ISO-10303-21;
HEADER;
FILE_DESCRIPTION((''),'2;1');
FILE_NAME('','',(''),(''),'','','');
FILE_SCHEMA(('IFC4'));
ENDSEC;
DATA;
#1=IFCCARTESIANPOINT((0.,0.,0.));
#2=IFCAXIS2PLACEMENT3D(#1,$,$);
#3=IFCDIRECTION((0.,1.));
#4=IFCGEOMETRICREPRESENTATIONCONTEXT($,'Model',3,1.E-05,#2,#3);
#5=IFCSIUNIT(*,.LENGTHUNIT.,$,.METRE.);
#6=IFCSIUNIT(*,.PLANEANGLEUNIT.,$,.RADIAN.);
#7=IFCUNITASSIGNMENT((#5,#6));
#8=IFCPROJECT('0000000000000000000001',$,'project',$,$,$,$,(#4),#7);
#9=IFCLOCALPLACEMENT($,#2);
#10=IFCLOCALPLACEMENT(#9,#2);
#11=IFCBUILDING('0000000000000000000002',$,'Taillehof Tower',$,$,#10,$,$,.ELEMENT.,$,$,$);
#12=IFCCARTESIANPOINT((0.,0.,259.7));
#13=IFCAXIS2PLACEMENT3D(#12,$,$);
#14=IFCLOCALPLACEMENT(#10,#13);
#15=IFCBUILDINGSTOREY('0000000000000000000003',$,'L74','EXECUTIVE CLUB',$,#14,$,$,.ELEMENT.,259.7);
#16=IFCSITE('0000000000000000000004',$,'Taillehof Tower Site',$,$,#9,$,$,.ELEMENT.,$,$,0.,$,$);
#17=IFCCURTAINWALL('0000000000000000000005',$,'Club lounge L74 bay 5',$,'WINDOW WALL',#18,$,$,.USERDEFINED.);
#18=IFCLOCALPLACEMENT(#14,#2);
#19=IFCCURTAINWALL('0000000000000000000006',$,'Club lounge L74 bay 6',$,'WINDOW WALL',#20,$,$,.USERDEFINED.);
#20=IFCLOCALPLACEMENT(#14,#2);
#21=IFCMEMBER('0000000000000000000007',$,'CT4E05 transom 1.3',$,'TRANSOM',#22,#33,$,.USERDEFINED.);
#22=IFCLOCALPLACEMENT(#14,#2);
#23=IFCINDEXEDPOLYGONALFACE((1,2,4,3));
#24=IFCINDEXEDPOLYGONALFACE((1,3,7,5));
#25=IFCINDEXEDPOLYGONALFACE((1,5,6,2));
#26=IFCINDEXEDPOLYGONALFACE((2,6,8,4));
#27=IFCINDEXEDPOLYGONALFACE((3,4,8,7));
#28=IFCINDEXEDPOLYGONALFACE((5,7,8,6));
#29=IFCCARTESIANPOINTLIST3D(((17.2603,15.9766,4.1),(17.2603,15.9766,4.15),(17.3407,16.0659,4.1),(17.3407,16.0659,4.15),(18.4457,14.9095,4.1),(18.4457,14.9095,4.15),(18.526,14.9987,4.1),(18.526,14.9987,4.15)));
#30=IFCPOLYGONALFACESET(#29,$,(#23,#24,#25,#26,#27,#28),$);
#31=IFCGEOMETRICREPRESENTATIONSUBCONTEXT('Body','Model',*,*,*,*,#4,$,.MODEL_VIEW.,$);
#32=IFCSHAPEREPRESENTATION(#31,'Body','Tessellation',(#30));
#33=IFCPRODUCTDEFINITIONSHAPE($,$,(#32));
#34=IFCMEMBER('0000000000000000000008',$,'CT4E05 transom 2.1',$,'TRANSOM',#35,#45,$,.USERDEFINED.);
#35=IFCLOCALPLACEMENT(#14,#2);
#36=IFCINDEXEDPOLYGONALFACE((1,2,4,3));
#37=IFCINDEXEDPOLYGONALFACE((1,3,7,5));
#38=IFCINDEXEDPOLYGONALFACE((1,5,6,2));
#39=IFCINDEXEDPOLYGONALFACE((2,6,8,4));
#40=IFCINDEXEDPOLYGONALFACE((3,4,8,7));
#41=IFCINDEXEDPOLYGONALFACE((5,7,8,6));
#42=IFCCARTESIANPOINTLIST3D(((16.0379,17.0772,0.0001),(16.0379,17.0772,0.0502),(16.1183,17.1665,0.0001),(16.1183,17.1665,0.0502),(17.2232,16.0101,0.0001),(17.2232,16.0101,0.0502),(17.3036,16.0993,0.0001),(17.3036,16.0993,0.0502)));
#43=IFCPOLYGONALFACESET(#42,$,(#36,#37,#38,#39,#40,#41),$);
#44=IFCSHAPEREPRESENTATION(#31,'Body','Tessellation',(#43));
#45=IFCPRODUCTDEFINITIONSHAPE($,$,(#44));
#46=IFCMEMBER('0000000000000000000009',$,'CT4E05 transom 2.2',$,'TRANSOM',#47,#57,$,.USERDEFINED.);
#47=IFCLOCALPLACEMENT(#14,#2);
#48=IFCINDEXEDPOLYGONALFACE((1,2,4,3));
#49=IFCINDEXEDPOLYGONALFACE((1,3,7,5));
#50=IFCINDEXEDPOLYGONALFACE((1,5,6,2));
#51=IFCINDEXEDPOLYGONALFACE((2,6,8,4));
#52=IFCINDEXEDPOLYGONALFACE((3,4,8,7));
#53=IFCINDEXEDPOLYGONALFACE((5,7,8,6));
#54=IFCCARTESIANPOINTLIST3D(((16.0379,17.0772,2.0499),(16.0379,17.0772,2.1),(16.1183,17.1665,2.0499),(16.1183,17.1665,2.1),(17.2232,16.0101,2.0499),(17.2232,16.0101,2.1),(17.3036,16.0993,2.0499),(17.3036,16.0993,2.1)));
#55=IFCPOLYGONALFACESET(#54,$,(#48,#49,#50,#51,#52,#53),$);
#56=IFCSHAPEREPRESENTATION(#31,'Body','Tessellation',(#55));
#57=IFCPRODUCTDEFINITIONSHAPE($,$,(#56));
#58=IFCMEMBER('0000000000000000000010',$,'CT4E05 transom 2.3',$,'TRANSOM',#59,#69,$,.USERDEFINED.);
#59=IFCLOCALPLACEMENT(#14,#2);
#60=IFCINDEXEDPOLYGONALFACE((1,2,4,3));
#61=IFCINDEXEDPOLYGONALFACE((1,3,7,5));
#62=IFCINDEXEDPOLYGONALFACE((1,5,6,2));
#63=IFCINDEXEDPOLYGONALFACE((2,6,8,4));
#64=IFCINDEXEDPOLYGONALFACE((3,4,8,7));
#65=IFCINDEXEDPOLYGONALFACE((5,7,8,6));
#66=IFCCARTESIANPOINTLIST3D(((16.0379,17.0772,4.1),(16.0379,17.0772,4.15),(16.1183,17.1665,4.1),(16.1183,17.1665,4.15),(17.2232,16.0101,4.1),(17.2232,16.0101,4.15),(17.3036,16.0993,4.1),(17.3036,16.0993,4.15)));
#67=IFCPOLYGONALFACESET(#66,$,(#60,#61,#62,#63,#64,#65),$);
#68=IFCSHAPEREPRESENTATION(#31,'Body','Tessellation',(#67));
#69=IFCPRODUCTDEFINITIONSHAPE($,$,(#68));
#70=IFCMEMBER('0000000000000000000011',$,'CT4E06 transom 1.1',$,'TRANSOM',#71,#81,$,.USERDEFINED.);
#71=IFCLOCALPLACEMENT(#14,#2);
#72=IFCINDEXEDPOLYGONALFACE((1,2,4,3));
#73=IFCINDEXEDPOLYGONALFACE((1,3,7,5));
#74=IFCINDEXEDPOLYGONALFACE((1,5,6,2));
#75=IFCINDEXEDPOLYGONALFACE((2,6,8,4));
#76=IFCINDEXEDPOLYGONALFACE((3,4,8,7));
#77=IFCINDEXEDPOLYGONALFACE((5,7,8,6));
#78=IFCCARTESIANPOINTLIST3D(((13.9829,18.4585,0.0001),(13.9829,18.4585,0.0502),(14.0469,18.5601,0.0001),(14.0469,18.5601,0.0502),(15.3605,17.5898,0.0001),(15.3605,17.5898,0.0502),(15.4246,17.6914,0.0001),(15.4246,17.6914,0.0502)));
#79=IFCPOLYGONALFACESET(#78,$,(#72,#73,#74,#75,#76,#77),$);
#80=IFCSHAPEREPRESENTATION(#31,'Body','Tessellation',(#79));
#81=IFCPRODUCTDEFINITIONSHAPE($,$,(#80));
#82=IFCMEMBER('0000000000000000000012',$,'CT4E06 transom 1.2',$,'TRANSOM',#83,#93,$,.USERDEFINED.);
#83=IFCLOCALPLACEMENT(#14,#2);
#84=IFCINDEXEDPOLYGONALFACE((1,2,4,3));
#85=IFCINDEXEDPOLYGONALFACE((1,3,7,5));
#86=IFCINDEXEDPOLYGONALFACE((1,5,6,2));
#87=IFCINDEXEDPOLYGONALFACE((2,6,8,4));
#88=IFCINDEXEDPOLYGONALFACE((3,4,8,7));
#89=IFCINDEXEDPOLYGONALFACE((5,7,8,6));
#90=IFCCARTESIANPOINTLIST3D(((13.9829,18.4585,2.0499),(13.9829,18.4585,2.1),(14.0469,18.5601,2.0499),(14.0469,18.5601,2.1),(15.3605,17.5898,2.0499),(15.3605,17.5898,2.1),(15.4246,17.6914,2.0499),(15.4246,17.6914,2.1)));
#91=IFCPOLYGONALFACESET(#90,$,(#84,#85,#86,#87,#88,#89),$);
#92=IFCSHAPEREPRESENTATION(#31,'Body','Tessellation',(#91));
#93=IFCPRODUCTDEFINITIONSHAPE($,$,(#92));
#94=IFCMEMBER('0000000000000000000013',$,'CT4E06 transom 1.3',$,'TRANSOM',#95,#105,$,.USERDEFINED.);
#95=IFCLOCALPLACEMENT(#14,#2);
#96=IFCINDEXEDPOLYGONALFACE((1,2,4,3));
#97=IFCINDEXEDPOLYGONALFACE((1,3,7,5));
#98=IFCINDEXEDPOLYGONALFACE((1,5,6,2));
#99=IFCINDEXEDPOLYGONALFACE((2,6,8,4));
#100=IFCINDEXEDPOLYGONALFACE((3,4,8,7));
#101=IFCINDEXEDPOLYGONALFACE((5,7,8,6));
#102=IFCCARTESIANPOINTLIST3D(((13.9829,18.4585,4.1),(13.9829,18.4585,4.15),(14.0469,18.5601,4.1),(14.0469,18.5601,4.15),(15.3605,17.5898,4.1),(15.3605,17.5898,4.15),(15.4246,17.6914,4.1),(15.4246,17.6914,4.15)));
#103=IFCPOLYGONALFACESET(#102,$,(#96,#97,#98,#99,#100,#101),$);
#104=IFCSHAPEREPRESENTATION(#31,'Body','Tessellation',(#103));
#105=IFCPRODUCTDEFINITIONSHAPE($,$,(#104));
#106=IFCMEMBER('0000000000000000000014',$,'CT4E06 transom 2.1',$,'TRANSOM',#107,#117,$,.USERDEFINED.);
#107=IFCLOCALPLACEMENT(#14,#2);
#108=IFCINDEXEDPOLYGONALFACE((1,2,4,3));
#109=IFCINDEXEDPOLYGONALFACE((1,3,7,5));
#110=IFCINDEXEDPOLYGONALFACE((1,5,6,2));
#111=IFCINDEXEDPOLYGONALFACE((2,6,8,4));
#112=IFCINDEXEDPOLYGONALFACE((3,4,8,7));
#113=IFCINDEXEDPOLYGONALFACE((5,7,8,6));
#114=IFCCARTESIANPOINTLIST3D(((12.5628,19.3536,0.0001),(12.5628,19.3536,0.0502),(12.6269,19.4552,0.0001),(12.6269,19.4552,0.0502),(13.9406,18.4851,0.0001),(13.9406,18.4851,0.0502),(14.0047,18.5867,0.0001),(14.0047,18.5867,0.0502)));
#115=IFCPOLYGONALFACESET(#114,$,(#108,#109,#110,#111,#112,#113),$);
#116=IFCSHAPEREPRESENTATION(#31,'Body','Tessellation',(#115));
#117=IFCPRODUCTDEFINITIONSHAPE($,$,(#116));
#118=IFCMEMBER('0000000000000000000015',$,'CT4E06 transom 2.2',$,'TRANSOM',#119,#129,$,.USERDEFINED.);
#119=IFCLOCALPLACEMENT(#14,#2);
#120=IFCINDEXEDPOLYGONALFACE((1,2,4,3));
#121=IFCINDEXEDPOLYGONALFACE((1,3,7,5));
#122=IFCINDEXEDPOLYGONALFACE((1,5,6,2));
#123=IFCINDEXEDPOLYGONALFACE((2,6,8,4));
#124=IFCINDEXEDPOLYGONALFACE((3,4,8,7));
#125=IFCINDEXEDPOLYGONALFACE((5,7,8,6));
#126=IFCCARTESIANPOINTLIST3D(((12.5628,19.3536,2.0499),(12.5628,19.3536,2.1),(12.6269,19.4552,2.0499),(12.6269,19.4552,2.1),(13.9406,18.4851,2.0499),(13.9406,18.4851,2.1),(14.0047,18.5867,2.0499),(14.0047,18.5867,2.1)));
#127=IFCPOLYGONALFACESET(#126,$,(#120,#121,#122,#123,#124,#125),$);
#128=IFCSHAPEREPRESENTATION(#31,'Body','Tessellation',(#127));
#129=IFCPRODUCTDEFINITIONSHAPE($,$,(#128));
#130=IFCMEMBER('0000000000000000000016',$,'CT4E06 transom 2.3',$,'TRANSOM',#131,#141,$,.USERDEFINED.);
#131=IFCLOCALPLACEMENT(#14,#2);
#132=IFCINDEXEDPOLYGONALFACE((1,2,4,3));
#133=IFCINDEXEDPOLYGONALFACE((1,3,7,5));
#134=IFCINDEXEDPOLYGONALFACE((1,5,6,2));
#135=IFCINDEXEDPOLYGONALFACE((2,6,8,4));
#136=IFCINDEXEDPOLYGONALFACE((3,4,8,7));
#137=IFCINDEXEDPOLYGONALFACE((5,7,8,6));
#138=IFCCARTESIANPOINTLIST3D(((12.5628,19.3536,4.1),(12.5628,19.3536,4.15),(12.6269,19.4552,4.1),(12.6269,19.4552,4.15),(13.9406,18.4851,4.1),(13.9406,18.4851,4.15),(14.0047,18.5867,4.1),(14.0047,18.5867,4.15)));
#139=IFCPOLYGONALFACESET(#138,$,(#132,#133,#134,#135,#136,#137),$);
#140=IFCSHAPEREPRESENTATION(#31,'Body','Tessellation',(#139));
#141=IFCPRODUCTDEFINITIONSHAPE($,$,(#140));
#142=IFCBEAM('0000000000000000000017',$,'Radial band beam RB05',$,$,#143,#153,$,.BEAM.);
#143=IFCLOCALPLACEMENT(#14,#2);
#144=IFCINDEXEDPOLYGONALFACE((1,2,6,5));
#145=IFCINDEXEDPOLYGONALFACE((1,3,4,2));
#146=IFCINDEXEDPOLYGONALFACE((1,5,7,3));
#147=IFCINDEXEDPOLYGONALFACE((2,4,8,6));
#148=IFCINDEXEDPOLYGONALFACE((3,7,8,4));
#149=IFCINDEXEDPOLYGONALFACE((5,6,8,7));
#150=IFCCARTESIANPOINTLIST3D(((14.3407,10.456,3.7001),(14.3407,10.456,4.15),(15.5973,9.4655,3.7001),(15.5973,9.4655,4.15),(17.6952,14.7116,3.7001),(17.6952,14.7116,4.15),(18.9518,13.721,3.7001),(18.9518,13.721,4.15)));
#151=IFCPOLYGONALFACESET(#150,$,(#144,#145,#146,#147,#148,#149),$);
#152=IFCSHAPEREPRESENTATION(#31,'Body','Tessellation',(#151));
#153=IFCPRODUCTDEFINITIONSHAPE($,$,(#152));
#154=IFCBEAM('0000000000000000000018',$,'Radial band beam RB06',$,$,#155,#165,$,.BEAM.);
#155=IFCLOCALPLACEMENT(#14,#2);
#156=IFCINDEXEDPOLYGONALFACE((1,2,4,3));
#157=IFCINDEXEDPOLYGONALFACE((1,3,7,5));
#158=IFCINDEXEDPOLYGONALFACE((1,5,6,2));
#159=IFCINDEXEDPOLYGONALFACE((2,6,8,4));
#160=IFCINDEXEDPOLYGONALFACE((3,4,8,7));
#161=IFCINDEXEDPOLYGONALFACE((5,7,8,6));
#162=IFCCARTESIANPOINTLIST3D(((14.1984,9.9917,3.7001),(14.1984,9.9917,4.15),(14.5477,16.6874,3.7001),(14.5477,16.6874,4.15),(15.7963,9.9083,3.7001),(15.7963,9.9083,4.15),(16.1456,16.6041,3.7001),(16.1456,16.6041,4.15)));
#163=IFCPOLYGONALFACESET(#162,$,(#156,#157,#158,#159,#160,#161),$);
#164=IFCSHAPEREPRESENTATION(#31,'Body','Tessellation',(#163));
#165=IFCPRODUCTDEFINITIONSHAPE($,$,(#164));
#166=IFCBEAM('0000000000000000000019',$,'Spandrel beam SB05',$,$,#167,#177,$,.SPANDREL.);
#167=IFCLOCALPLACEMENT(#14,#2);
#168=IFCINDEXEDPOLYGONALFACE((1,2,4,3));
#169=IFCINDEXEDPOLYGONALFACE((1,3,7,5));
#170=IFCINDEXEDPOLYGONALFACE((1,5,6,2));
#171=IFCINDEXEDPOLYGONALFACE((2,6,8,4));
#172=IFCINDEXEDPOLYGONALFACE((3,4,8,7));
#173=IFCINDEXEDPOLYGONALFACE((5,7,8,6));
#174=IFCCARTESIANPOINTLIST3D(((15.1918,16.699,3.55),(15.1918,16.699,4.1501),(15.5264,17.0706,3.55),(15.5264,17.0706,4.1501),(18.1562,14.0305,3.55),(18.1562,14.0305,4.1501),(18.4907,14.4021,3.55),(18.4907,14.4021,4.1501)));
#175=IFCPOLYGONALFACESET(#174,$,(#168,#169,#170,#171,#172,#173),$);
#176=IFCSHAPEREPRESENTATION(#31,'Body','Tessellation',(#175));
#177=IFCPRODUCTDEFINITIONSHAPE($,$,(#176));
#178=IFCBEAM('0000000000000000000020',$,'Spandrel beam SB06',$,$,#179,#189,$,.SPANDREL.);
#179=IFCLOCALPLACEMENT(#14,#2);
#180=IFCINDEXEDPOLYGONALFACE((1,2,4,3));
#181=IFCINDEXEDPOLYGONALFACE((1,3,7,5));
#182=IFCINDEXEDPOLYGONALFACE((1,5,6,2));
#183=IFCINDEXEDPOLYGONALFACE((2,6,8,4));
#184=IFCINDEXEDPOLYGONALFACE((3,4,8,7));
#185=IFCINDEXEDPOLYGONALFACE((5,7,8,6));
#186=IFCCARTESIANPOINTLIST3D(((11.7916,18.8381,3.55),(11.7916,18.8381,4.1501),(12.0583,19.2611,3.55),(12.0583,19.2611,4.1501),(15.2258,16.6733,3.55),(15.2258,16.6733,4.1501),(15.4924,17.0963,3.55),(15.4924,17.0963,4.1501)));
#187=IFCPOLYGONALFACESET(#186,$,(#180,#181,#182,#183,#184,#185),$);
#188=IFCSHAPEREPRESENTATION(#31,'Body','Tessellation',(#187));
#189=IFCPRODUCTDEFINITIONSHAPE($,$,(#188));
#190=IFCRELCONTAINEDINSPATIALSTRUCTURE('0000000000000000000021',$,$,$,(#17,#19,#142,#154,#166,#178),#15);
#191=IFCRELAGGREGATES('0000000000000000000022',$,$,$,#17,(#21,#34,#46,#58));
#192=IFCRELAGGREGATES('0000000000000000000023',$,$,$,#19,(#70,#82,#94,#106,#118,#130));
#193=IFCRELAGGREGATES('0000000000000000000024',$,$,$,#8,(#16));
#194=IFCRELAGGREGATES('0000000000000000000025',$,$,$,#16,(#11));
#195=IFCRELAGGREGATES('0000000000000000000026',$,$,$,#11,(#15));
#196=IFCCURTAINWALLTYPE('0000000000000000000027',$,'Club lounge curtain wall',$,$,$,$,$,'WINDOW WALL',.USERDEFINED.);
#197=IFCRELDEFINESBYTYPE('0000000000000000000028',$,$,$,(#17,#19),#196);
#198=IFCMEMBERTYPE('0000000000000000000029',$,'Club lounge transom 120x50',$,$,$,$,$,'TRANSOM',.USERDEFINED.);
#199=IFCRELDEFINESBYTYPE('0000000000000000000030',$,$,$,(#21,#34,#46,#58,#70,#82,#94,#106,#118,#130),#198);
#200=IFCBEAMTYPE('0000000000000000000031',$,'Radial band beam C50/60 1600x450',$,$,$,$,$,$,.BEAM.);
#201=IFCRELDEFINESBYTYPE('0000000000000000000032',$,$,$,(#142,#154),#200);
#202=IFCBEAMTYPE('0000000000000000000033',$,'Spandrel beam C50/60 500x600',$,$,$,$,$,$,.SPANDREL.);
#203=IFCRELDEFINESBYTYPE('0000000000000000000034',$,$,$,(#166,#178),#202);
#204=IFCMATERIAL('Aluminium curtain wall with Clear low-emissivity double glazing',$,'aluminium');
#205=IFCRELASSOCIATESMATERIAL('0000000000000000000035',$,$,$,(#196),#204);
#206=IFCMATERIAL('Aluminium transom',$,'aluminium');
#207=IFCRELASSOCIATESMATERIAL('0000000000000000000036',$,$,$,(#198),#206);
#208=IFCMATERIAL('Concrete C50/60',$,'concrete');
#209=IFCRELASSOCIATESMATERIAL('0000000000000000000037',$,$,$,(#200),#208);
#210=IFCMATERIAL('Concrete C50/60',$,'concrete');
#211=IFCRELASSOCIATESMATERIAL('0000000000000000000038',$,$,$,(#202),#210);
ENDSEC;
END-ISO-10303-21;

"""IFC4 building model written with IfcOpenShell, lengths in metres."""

from ifc_helpers import new_model, si_unit, direction, frame, origin, origin_2d, place, context, subcontext, project, spatial, rectangle, extrude, material, material_profile, profile_set, type_object, element, aggregate, save


model = new_model("IFC4")

# Units and contexts
model_context = context("Model", 3, precision=1e-05, world=origin(), true_north=direction((0.0, 1.0)))
body_context = subcontext(model_context, "Body", "Model", "MODEL_VIEW")
ifc_project = project(units=[si_unit("LENGTHUNIT", "METRE"), si_unit("PLANEANGLEUNIT", "RADIAN")], contexts=[model_context])

# Site, building, storey
site_placement = place(None, origin())
site = spatial("IfcSite", under=ifc_project, at=site_placement, Name="Taillehof Tower Site", CompositionType="ELEMENT", RefElevation=0.0)
building_placement = place(site_placement, origin())
building = spatial("IfcBuilding", under=site, at=building_placement, Name="Taillehof Tower", CompositionType="ELEMENT")
storey_placement = place(building_placement, frame((0.0, 0.0, 259.7)))
storey = spatial("IfcBuildingStorey", under=building, at=storey_placement, Name="L74", Description="EXECUTIVE CLUB", CompositionType="ELEMENT", Elevation=259.7)

# Shared definitions
ifc_material_1 = material(Name="Aluminium curtain wall with Clear low-emissivity double glazing", Category="aluminium")
curtain_wall_type = type_object("IfcCurtainWallType", Name="Club lounge curtain wall", ElementType="WINDOW WALL", PredefinedType="USERDEFINED", material=ifc_material_1)

# Curtain walls
curtain_wall_1_placement = place(storey_placement, origin())
curtain_wall_1 = element("IfcCurtainWall", 1, at=curtain_wall_1_placement, inside=storey, type_object=curtain_wall_type, Name="Club lounge L74 bay 5", ObjectType="WINDOW WALL", PredefinedType="USERDEFINED")
curtain_wall_2_placement = place(storey_placement, origin())
curtain_wall_2 = element("IfcCurtainWall", 2, at=curtain_wall_2_placement, inside=storey, type_object=curtain_wall_type, Name="Club lounge L74 bay 6", ObjectType="WINDOW WALL", PredefinedType="USERDEFINED")

# Members
ifc_material_2 = material(Name="Aluminium transom", Category="aluminium")
ifc_material_profile_1 = material_profile(ifc_material_2, rectangle(XDim=0.1201, YDim=0.05, at=origin_2d()), Name="AL 120x50")
ifc_profile_set_1 = profile_set([ifc_material_profile_1], Name="Aluminium transom")
member_type_1 = type_object("IfcMemberType", Name="Club lounge transom 120x50", ElementType="TRANSOM", PredefinedType="USERDEFINED", material=ifc_profile_set_1)
member_1_placement = place(storey_placement, frame((18.4858, 14.9541, 4.125), z_axis=(-0.74318, 0.669092, 0.0), x_axis=(-0.669092, -0.74318, 0.0)))
member_1 = element("IfcMember", 3, at=member_1_placement, type_object=member_type_1, Name="CT4E05 transom 1.3", ObjectType="TRANSOM", PredefinedType="USERDEFINED", context=body_context, shape_type="SweptSolid", body=[
    extrude(rectangle(XDim=0.1201, YDim=0.05, at=origin_2d()), origin(), (0.0, 0.0, 1.0), 1.595),
])
member_2_placement = place(storey_placement, frame((17.2634, 16.0547, 0.0251), z_axis=(-0.74318, 0.669092, 0.0), x_axis=(-0.669092, -0.74318, 0.0)))
member_2 = element("IfcMember", 4, at=member_2_placement, type_object=member_type_1, Name="CT4E05 transom 2.1", ObjectType="TRANSOM", PredefinedType="USERDEFINED", context=body_context, shape_type="SweptSolid", body=[
    extrude(rectangle(XDim=0.1201, YDim=0.05, at=origin_2d()), origin(), (0.0, 0.0, 1.0), 1.595),
])
member_3_placement = place(storey_placement, frame((17.2634, 16.0547, 2.075), z_axis=(-0.74318, 0.669092, 0.0), x_axis=(-0.669092, -0.74318, 0.0)))
member_3 = element("IfcMember", 5, at=member_3_placement, type_object=member_type_1, Name="CT4E05 transom 2.2", ObjectType="TRANSOM", PredefinedType="USERDEFINED", context=body_context, shape_type="SweptSolid", body=[
    extrude(rectangle(XDim=0.1201, YDim=0.05, at=origin_2d()), origin(), (0.0, 0.0, 1.0), 1.595),
])
member_4_placement = place(storey_placement, frame((17.2634, 16.0547, 4.125), z_axis=(-0.74318, 0.669092, 0.0), x_axis=(-0.669092, -0.74318, 0.0)))
member_4 = element("IfcMember", 6, at=member_4_placement, type_object=member_type_1, Name="CT4E05 transom 2.3", ObjectType="TRANSOM", PredefinedType="USERDEFINED", context=body_context, shape_type="SweptSolid", body=[
    extrude(rectangle(XDim=0.1201, YDim=0.05, at=origin_2d()), origin(), (0.0, 0.0, 1.0), 1.595),
])
member_5_placement = place(storey_placement, frame((15.3926, 17.6406, 0.0251), z_axis=(-0.845895, 0.53335, 0.0), x_axis=(-0.53335, -0.845895, 0.0)))
member_5 = element("IfcMember", 7, at=member_5_placement, type_object=member_type_1, Name="CT4E06 transom 1.1", ObjectType="TRANSOM", PredefinedType="USERDEFINED", context=body_context, shape_type="SweptSolid", body=[
    extrude(rectangle(XDim=0.1201, YDim=0.05, at=origin_2d()), origin(), (0.0, 0.0, 1.0), 1.6287),
])
member_6_placement = place(storey_placement, frame((15.3926, 17.6406, 2.075), z_axis=(-0.845895, 0.53335, 0.0), x_axis=(-0.53335, -0.845895, 0.0)))
member_6 = element("IfcMember", 8, at=member_6_placement, type_object=member_type_1, Name="CT4E06 transom 1.2", ObjectType="TRANSOM", PredefinedType="USERDEFINED", context=body_context, shape_type="SweptSolid", body=[
    extrude(rectangle(XDim=0.1201, YDim=0.05, at=origin_2d()), origin(), (0.0, 0.0, 1.0), 1.6287),
])
member_7_placement = place(storey_placement, frame((15.3926, 17.6406, 4.125), z_axis=(-0.845895, 0.53335, 0.0), x_axis=(-0.53335, -0.845895, 0.0)))
member_7 = element("IfcMember", 9, at=member_7_placement, type_object=member_type_1, Name="CT4E06 transom 1.3", ObjectType="TRANSOM", PredefinedType="USERDEFINED", context=body_context, shape_type="SweptSolid", body=[
    extrude(rectangle(XDim=0.1201, YDim=0.05, at=origin_2d()), origin(), (0.0, 0.0, 1.0), 1.6287),
])
member_8_placement = place(storey_placement, frame((13.9727, 18.5359, 0.0251), z_axis=(-0.845962, 0.533243, 0.0), x_axis=(-0.533243, -0.845962, 0.0)))
member_8 = element("IfcMember", 10, at=member_8_placement, type_object=member_type_1, Name="CT4E06 transom 2.1", ObjectType="TRANSOM", PredefinedType="USERDEFINED", context=body_context, shape_type="SweptSolid", body=[
    extrude(rectangle(XDim=0.1201, YDim=0.05, at=origin_2d()), origin(), (0.0, 0.0, 1.0), 1.6287),
])
member_9_placement = place(storey_placement, frame((13.9727, 18.5359, 2.075), z_axis=(-0.845962, 0.533243, 0.0), x_axis=(-0.533243, -0.845962, 0.0)))
member_9 = element("IfcMember", 11, at=member_9_placement, type_object=member_type_1, Name="CT4E06 transom 2.2", ObjectType="TRANSOM", PredefinedType="USERDEFINED", context=body_context, shape_type="SweptSolid", body=[
    extrude(rectangle(XDim=0.1201, YDim=0.05, at=origin_2d()), origin(), (0.0, 0.0, 1.0), 1.6287),
])
member_10_placement = place(storey_placement, frame((13.9727, 18.5359, 4.125), z_axis=(-0.845962, 0.533243, 0.0), x_axis=(-0.533243, -0.845962, 0.0)))
member_10 = element("IfcMember", 12, at=member_10_placement, type_object=member_type_1, Name="CT4E06 transom 2.3", ObjectType="TRANSOM", PredefinedType="USERDEFINED", context=body_context, shape_type="SweptSolid", body=[
    extrude(rectangle(XDim=0.1201, YDim=0.05, at=origin_2d()), origin(), (0.0, 0.0, 1.0), 1.6287),
])

# Beams
ifc_material_3 = material(Name="Concrete C50/60", Category="concrete")
ifc_material_profile_2 = material_profile(ifc_material_3, rectangle(XDim=1.6001, YDim=0.45, at=origin_2d()), Name="RC 1600x450")
ifc_profile_set_2 = profile_set([ifc_material_profile_2], Name="Concrete C50/60")
beam_type_1 = type_object("IfcBeamType", Name="Radial band beam C50/60 1600x450", PredefinedType="BEAM", material=ifc_profile_set_2)
beam_1_placement = place(storey_placement, frame((18.3235, 14.2163, 3.925), z_axis=(-0.619052, -0.78535, 0.0), x_axis=(0.78535, -0.619052, 0.0)))
element("IfcBeam", 13, at=beam_1_placement, inside=storey, type_object=beam_type_1, Name="Radial band beam RB05", PredefinedType="BEAM", context=body_context, shape_type="SweptSolid", body=[
    extrude(rectangle(XDim=1.6001, YDim=0.45, at=origin_2d()), origin(), (0.0, 0.0, 1.0), 5.4187),
])
beam_2_placement = place(storey_placement, frame((15.3467, 16.6458, 3.925), z_axis=(-0.052106, -0.998642, 0.0), x_axis=(0.998642, -0.052106, 0.0)))
element("IfcBeam", 14, at=beam_2_placement, inside=storey, type_object=beam_type_1, Name="Radial band beam RB06", PredefinedType="BEAM", context=body_context, shape_type="SweptSolid", body=[
    extrude(rectangle(XDim=1.6001, YDim=0.45, at=origin_2d()), origin(), (0.0, 0.0, 1.0), 6.7048),
])
ifc_material_4 = material(Name="Concrete C50/60", Category="concrete")
ifc_material_profile_3 = material_profile(ifc_material_4, rectangle(XDim=0.5, YDim=0.6001, at=origin_2d()), Name="RC 500x600")
ifc_profile_set_3 = profile_set([ifc_material_profile_3], Name="Concrete C50/60")
beam_type_2 = type_object("IfcBeamType", Name="Spandrel beam C50/60 500x600", PredefinedType="SPANDREL", material=ifc_profile_set_3)
beam_3_placement = place(storey_placement, frame((18.3235, 14.2163, 3.8501), z_axis=(-0.743227, 0.669039, 0.0), x_axis=(-0.669039, -0.743227, 0.0)))
element("IfcBeam", 15, at=beam_3_placement, inside=storey, type_object=beam_type_2, Name="Spandrel beam SB05", PredefinedType="SPANDREL", context=body_context, shape_type="SweptSolid", body=[
    extrude(rectangle(XDim=0.5, YDim=0.6001, at=origin_2d()), origin(), (0.0, 0.0, 1.0), 3.9885),
])
beam_4_placement = place(storey_placement, frame((15.3591, 16.8848, 3.8501), z_axis=(-0.845944, 0.533271, 0.0), x_axis=(-0.533271, -0.845944, 0.0)))
element("IfcBeam", 16, at=beam_4_placement, inside=storey, type_object=beam_type_2, Name="Spandrel beam SB06", PredefinedType="SPANDREL", context=body_context, shape_type="SweptSolid", body=[
    extrude(rectangle(XDim=0.5, YDim=0.6001, at=origin_2d()), origin(), (0.0, 0.0, 1.0), 4.0596),
])

aggregate(curtain_wall_1, [member_1, member_2, member_3, member_4])
aggregate(curtain_wall_2, [member_5, member_6, member_7, member_8, member_9, member_10])

save(model, "model.ifc")
